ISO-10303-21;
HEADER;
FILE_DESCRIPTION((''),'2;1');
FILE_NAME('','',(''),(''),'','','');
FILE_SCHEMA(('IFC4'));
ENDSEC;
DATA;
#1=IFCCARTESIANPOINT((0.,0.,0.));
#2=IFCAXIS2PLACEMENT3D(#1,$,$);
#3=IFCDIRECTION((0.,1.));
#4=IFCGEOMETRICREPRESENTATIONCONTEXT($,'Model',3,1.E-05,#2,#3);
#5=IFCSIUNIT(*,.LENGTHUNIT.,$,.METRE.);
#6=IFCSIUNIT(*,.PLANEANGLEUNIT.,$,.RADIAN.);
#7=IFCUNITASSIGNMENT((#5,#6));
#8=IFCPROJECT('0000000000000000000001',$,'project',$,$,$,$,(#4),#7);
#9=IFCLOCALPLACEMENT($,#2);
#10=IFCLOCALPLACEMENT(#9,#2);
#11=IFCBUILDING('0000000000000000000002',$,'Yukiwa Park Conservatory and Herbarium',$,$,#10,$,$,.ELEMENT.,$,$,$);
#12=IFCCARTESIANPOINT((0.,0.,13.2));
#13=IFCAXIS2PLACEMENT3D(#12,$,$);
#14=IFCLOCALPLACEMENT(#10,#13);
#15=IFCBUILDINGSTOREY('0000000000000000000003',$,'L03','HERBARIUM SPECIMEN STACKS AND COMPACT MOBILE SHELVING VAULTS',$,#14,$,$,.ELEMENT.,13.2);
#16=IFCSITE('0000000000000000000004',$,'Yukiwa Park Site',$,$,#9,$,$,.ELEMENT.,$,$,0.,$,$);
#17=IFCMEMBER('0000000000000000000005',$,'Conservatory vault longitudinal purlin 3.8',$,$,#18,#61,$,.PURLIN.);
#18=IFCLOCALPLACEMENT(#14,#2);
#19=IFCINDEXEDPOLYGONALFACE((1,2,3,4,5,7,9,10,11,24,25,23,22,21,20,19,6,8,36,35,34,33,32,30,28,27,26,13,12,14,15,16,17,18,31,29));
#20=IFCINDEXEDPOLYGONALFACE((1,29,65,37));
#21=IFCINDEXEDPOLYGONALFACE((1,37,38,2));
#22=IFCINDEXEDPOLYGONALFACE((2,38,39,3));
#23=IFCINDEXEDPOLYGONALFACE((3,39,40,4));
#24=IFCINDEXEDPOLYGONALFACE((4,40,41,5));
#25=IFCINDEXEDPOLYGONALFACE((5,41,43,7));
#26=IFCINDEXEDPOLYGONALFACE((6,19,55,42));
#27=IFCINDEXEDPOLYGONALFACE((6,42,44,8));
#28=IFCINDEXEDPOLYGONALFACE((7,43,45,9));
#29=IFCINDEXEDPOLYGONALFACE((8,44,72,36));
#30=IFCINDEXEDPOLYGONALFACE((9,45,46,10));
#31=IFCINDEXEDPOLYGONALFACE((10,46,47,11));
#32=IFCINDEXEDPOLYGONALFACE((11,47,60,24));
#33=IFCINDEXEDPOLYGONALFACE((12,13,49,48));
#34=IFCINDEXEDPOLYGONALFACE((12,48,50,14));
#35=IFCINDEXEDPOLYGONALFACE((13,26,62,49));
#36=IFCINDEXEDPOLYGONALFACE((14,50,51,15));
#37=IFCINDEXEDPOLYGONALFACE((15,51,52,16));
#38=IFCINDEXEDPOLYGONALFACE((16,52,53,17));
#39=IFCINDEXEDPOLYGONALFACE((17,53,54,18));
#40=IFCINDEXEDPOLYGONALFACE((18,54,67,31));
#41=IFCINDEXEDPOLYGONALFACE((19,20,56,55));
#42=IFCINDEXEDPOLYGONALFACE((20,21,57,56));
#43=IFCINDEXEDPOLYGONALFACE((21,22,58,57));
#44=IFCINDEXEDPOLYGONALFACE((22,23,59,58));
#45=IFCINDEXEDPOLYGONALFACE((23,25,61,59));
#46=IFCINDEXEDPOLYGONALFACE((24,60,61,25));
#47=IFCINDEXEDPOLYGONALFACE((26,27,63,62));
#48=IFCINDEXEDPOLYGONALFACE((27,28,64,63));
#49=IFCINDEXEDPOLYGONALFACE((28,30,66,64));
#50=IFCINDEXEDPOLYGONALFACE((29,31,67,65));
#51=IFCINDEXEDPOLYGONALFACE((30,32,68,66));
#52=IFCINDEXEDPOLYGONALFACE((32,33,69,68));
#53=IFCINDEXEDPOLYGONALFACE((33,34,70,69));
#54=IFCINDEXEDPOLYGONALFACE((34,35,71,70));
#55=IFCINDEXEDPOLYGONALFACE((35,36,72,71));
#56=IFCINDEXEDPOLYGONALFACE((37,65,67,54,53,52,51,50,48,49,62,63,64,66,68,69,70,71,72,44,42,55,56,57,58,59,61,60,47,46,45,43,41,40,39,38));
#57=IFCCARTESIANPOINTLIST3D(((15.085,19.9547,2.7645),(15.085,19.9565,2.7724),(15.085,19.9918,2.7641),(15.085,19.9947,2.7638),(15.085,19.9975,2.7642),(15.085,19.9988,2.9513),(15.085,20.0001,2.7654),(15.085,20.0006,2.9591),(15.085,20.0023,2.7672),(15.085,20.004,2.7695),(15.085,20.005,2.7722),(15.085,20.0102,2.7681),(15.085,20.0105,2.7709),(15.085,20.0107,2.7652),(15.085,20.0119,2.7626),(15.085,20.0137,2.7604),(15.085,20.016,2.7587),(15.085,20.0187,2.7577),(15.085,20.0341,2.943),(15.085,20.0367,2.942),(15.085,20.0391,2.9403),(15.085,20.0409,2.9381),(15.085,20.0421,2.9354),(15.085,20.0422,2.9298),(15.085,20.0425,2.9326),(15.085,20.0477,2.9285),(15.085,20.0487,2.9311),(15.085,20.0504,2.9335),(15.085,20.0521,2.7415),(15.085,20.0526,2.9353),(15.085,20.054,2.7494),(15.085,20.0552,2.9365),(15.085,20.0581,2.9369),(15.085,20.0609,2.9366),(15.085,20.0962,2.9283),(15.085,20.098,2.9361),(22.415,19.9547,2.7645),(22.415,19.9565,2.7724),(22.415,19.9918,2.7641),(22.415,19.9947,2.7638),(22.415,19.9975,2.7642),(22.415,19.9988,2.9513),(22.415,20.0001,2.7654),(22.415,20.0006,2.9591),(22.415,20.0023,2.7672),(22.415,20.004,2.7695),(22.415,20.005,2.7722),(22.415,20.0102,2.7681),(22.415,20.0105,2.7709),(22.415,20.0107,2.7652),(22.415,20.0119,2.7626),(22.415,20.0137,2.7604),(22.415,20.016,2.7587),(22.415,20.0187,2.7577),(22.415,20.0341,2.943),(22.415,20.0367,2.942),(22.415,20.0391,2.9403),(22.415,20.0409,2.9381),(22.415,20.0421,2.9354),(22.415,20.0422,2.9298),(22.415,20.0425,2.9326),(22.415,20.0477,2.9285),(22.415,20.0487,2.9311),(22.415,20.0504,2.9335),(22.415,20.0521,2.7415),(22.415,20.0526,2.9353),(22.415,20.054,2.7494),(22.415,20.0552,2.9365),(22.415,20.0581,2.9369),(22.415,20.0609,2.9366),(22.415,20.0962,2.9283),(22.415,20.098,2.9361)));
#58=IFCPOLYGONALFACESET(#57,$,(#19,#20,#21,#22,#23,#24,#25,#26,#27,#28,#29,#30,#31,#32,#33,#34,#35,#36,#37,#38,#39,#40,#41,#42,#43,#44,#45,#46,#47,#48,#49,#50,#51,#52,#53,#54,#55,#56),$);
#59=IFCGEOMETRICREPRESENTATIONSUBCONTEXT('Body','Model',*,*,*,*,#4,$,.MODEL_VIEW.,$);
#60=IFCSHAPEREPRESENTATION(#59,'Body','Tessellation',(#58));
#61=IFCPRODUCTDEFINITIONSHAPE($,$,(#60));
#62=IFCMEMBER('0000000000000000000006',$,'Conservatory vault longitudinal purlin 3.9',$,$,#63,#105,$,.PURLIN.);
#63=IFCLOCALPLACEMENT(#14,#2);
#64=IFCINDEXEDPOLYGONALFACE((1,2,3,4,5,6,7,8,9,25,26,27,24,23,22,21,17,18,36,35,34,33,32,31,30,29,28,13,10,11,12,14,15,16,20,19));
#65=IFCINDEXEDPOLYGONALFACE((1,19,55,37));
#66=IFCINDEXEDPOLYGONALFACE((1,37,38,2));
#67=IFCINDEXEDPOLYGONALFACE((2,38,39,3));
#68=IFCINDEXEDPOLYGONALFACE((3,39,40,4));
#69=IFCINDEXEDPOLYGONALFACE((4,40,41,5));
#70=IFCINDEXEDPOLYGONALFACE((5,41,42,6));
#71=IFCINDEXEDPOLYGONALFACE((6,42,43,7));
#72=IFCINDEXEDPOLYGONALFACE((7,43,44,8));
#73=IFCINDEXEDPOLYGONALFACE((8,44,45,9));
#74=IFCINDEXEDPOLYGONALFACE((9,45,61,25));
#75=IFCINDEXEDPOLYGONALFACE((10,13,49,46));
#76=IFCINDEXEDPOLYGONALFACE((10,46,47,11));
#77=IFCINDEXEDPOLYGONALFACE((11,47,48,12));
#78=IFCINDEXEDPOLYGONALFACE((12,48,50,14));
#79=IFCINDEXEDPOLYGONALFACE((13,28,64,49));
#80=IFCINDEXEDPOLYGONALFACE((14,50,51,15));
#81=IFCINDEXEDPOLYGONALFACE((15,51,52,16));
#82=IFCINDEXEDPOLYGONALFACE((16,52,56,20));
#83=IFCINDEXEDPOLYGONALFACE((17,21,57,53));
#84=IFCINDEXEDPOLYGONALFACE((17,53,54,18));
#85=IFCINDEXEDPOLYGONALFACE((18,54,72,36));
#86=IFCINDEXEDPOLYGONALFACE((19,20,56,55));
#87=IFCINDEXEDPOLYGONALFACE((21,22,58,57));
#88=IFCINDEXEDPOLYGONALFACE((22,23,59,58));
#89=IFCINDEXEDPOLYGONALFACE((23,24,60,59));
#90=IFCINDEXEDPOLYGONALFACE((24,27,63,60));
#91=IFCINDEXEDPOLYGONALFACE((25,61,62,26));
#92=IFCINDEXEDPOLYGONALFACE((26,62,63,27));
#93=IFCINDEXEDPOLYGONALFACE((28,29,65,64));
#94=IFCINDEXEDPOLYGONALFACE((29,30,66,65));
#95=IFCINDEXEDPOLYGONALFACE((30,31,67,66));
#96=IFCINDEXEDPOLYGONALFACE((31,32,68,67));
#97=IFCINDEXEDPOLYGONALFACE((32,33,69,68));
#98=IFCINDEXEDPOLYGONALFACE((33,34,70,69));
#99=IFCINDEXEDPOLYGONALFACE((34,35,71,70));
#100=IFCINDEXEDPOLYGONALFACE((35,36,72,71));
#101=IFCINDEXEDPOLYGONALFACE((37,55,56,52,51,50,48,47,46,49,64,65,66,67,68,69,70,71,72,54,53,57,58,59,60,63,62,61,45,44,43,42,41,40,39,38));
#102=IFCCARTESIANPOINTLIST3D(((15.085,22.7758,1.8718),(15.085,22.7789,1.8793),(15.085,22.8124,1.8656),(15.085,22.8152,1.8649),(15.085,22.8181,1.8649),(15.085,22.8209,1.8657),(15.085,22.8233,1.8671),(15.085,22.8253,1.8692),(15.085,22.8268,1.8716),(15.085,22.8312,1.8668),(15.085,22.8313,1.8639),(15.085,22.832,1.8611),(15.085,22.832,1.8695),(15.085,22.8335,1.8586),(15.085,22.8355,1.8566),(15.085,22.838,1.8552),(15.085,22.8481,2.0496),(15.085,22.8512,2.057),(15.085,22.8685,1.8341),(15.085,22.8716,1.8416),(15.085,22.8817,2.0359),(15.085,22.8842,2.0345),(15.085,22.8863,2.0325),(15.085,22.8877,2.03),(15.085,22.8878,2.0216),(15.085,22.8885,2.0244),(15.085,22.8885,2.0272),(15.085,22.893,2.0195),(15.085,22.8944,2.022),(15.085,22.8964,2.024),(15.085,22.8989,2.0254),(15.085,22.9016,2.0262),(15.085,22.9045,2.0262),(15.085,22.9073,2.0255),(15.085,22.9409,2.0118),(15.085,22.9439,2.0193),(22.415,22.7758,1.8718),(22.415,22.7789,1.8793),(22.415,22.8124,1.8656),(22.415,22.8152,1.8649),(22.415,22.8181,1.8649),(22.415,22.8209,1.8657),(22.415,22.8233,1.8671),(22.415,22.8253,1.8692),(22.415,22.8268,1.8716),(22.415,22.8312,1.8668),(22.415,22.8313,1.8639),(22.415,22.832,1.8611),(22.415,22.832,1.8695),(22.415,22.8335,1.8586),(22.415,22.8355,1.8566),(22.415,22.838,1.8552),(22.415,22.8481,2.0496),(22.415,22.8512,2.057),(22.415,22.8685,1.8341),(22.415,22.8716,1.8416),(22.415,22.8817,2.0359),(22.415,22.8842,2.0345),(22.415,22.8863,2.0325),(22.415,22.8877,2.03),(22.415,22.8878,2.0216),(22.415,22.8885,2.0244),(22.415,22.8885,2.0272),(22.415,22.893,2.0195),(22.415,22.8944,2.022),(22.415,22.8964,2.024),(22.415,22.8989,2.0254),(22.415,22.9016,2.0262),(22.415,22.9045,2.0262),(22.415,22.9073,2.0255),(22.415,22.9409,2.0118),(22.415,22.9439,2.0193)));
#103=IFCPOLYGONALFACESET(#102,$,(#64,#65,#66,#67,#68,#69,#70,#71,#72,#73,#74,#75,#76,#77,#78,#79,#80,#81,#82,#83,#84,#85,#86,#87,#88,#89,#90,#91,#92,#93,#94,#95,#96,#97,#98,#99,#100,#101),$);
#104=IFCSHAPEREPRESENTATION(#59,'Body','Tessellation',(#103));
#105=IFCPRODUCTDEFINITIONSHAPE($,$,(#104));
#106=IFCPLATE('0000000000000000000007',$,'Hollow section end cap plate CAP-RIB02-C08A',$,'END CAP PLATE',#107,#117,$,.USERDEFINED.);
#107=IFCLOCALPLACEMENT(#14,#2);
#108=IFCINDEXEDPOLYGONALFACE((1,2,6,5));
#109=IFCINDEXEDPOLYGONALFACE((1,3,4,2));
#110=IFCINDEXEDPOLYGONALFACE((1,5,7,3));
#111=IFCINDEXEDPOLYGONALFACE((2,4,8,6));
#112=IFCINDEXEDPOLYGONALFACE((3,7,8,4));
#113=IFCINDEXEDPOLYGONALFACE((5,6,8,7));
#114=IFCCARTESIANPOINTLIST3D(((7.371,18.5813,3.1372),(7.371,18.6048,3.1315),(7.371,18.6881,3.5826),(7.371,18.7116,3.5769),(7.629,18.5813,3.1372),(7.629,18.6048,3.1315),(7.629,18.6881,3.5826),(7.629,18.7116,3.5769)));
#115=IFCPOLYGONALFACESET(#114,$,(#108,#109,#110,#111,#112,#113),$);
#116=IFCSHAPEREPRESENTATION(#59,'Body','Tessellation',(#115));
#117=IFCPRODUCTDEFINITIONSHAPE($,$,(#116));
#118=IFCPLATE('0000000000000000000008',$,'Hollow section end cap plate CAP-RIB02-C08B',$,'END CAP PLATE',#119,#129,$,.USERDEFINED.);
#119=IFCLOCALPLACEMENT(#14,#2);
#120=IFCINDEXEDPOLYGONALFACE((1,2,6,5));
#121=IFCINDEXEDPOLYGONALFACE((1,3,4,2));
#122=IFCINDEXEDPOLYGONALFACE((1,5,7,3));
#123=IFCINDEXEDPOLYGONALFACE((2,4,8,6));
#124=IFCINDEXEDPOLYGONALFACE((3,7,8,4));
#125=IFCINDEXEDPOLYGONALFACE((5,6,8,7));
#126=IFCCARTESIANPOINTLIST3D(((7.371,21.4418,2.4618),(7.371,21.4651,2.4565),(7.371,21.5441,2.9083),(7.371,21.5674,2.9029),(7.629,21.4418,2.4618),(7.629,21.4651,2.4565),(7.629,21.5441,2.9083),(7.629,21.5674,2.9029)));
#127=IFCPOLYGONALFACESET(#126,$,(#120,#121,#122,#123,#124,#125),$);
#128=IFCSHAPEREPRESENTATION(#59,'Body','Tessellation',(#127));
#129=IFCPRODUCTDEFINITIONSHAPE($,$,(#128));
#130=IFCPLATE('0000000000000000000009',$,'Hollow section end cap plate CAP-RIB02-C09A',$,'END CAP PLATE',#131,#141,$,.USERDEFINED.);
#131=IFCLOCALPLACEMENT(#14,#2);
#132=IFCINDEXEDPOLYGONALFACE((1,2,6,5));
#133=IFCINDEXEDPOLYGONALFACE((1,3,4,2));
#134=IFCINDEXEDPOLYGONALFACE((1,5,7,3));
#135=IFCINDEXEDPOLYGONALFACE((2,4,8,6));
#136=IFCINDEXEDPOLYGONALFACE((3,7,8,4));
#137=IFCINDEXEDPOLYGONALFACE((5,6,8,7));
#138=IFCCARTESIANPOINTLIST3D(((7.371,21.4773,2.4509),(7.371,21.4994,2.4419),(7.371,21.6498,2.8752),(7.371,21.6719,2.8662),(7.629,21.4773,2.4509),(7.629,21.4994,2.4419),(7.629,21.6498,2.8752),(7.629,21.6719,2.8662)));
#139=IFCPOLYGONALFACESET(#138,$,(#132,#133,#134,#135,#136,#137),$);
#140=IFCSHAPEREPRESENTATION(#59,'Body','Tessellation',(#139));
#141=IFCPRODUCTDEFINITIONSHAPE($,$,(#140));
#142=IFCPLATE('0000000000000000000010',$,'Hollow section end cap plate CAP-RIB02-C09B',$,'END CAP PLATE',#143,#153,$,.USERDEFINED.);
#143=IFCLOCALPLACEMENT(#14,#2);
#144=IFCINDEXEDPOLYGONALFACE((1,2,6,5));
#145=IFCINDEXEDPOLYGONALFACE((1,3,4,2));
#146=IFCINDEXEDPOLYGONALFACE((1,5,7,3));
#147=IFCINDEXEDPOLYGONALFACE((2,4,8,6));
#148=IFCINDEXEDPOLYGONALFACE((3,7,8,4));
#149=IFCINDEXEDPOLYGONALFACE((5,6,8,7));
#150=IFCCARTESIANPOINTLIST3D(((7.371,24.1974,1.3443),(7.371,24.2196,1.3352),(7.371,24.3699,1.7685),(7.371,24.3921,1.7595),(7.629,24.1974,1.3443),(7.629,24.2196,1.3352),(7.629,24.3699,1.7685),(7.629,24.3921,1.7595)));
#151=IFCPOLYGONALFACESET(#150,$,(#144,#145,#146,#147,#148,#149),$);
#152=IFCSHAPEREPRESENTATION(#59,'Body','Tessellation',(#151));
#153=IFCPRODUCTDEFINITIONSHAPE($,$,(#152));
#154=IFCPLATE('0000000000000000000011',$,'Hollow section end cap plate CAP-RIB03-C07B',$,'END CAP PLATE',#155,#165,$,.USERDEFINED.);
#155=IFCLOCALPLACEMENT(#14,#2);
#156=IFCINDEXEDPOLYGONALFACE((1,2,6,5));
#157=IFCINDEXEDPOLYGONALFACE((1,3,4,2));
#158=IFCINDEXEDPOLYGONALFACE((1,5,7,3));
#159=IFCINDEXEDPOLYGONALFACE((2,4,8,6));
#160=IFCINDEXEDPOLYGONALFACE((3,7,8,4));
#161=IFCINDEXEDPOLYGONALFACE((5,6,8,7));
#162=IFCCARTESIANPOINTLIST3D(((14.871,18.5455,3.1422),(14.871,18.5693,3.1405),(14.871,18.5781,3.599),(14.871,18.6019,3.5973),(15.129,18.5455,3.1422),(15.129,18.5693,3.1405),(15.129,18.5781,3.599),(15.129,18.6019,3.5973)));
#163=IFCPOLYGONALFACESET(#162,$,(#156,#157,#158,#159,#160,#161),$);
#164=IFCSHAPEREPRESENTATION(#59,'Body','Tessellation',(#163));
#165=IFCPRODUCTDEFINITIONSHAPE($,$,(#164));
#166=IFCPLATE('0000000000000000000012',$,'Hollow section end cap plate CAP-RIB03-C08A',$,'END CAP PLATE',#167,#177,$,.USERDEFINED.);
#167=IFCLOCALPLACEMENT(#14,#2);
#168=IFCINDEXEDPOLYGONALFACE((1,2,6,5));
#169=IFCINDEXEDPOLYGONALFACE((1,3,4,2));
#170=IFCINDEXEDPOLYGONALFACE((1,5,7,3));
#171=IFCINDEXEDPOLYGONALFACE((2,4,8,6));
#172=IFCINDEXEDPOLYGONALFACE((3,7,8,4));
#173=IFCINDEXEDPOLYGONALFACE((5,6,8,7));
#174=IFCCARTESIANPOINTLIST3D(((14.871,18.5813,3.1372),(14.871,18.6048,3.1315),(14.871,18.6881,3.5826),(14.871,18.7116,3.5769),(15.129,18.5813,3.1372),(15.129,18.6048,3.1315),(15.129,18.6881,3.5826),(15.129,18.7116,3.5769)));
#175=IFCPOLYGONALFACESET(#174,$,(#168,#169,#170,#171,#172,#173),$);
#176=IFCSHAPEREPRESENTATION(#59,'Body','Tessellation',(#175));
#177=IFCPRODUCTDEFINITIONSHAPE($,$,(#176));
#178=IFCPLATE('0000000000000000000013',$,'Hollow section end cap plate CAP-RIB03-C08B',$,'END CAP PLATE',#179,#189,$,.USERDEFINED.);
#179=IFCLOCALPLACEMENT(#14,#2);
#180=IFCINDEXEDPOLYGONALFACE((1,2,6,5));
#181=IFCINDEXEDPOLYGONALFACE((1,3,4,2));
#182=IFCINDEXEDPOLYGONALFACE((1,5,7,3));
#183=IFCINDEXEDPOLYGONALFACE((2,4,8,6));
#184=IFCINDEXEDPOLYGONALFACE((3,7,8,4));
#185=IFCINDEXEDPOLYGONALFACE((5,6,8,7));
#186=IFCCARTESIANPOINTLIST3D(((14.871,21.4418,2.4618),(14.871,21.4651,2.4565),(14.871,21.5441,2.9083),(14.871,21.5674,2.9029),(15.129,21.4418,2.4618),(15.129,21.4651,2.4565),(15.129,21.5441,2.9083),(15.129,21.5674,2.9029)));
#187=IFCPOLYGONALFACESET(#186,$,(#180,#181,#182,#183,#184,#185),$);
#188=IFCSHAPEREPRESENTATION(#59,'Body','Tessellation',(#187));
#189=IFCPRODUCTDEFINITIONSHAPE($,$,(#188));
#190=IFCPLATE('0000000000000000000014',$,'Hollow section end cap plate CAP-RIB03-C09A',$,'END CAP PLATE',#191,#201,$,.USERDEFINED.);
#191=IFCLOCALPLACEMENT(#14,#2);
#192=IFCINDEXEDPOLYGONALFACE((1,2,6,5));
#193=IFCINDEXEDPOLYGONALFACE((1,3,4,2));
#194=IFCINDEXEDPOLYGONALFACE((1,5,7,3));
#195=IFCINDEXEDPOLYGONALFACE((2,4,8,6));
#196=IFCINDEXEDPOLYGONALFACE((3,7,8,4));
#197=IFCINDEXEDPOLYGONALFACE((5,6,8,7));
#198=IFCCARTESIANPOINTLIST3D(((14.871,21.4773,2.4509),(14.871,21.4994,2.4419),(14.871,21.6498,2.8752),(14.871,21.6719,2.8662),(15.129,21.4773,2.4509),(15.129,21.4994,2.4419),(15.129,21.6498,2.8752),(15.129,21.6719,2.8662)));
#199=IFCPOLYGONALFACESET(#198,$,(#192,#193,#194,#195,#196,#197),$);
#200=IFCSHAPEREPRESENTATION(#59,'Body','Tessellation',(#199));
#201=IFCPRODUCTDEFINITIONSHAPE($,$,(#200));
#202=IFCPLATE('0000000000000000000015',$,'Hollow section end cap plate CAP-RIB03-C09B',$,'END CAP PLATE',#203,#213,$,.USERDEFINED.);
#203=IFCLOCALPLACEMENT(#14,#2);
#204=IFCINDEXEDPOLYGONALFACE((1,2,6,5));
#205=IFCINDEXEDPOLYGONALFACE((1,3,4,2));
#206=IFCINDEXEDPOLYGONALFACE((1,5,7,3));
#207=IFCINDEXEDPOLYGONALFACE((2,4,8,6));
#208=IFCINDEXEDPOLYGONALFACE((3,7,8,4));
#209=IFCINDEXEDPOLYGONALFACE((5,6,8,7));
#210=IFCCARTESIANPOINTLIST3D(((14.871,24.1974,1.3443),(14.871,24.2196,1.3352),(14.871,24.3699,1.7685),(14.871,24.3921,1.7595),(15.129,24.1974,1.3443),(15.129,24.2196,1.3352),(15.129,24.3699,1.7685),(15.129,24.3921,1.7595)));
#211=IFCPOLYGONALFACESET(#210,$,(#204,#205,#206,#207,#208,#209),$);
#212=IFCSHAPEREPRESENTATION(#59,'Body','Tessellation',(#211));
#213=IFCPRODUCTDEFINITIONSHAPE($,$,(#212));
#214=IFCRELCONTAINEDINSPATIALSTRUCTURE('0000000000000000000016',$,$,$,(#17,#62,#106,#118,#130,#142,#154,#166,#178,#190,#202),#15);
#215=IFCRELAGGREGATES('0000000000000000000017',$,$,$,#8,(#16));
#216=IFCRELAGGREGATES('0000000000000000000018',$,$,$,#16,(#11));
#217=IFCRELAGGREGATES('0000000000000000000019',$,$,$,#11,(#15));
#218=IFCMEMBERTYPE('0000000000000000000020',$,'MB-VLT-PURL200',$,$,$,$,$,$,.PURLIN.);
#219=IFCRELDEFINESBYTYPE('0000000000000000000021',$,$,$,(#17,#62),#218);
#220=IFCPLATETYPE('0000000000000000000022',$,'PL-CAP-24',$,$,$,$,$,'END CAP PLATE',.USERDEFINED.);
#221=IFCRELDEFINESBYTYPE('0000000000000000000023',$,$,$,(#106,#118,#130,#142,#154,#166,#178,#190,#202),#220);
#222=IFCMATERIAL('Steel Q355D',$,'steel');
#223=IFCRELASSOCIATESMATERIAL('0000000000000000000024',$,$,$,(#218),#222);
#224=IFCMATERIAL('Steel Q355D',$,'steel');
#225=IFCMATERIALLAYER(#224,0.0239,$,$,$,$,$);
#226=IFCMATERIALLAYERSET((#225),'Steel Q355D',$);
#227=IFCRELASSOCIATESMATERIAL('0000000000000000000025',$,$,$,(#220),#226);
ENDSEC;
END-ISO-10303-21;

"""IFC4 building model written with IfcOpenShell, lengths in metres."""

from ifc_helpers import new_model, si_unit, direction, frame, origin, origin_2d, place, context, subcontext, project, spatial, rectangle, i_section, extrude, material, layer, layer_set, material_profile, profile_set, type_object, element, save


model = new_model("IFC4")

# Units and contexts
model_context = context("Model", 3, precision=1e-05, world=origin(), true_north=direction((0.0, 1.0)))
body_context = subcontext(model_context, "Body", "Model", "MODEL_VIEW")
ifc_project = project(units=[si_unit("LENGTHUNIT", "METRE"), si_unit("PLANEANGLEUNIT", "RADIAN")], contexts=[model_context])

# Site, building, storey
site_placement = place(None, origin())
site = spatial("IfcSite", under=ifc_project, at=site_placement, Name="Yukiwa Park Site", CompositionType="ELEMENT", RefElevation=0.0)
building_placement = place(site_placement, origin())
building = spatial("IfcBuilding", under=site, at=building_placement, Name="Yukiwa Park Conservatory and Herbarium", CompositionType="ELEMENT")
storey_placement = place(building_placement, frame((0.0, 0.0, 13.2)))
storey = spatial("IfcBuildingStorey", under=building, at=storey_placement, Name="L03", Description="HERBARIUM SPECIMEN STACKS AND COMPACT MOBILE SHELVING VAULTS", CompositionType="ELEMENT", Elevation=13.2)

# Members
ifc_material_1 = material(Name="Steel Q355D", Category="steel")
ifc_material_profile_1 = material_profile(ifc_material_1, i_section(OverallWidth=0.1001, OverallDepth=0.2, WebThickness=0.0056, FlangeThickness=0.0081, FilletRadius=0.011, at=origin_2d()), Name="HN 200x100x5.5x8")
ifc_profile_set_1 = profile_set([ifc_material_profile_1], Name="Steel Q355D")
member_type = type_object("IfcMemberType", Name="MB-VLT-PURL200", PredefinedType="PURLIN", material=ifc_profile_set_1)
for number, where, z_axis, x_axis, name in (
    (1, (15.085, 20.0264, 2.8503), (1.0, 0.0, 0.0), (0.0, 0.973249, -0.229752), "Conservatory vault longitudinal purlin 3.8"),
    (2, (15.085, 22.8599, 1.9456), (1.0, 0.0, 0.0), (0.0, 0.926282, -0.376831), "Conservatory vault longitudinal purlin 3.9"),
):
    element("IfcMember", number, at=place(storey_placement, frame(where, z_axis=z_axis, x_axis=x_axis)), inside=storey, type_object=member_type, Name=name, PredefinedType="PURLIN", context=body_context, shape_type="SweptSolid", body=[
        extrude(i_section(OverallWidth=0.1001, OverallDepth=0.2, WebThickness=0.0056, FlangeThickness=0.0081, FilletRadius=0.011, at=origin_2d()), origin(), (0.0, 0.0, 1.0), 7.3301),
    ])

# Plates
ifc_material_2 = material(Name="Steel Q355D", Category="steel")
ifc_layer_1 = layer(ifc_material_2, 0.0239)
ifc_layer_set_1 = layer_set([ifc_layer_1], Name="Steel Q355D")
plate_type_1 = type_object("IfcPlateType", Name="PL-CAP-24", ElementType="END CAP PLATE", PredefinedType="USERDEFINED", material=ifc_layer_set_1)
plate_1_placement = place(storey_placement, frame((7.5, 18.6582, 3.3542), z_axis=(0.0, -0.972479, 0.23299), x_axis=(1.0, 0.0, 0.0)))
element("IfcPlate", 3, at=plate_1_placement, inside=storey, type_object=plate_type_1, Name="Hollow section end cap plate CAP-RIB02-C08A", ObjectType="END CAP PLATE", PredefinedType="USERDEFINED", context=body_context, shape_type="SweptSolid", body=[
    extrude(rectangle(XDim=0.2581, YDim=0.458, at=origin_2d()), origin(), (0.0, 0.0, 1.0), 0.0242),
])
for number, where, z_axis, x_axis, name in (
    (4, (7.5, 21.4929, 2.6851), (0.0, 0.974732, -0.223376), (-1.0, 0.0, 0.0), "Hollow section end cap plate CAP-RIB02-C08B"),
    (5, (7.5, 21.5857, 2.6541), (0.0, -0.926356, 0.37665), (1.0, 0.0, 0.0), "Hollow section end cap plate CAP-RIB02-C09A"),
    (6, (7.5, 24.2837, 1.5564), (0.0, 0.926356, -0.37665), (-1.0, 0.0, 0.0), "Hollow section end cap plate CAP-RIB02-C09B"),
    (7, (15.0, 18.5618, 3.3706), (0.0, 0.997459, -0.071247), (-1.0, 0.0, 0.0), "Hollow section end cap plate CAP-RIB03-C07B"),
):
    element("IfcPlate", number, at=place(storey_placement, frame(where, z_axis=z_axis, x_axis=x_axis)), inside=storey, type_object=plate_type_1, Name=name, ObjectType="END CAP PLATE", PredefinedType="USERDEFINED", context=body_context, shape_type="SweptSolid", body=[
        extrude(rectangle(XDim=0.2581, YDim=0.458, at=origin_2d()), origin(), (0.0, 0.0, 1.0), 0.0239),
    ])
plate_2_placement = place(storey_placement, frame((15.0, 18.6582, 3.3542), z_axis=(0.0, -0.972479, 0.23299), x_axis=(1.0, 0.0, 0.0)))
element("IfcPlate", 8, at=plate_2_placement, inside=storey, type_object=plate_type_1, Name="Hollow section end cap plate CAP-RIB03-C08A", ObjectType="END CAP PLATE", PredefinedType="USERDEFINED", context=body_context, shape_type="SweptSolid", body=[
    extrude(rectangle(XDim=0.2581, YDim=0.458, at=origin_2d()), origin(), (0.0, 0.0, 1.0), 0.0242),
])
for number, where, z_axis, x_axis, name in (
    (9, (15.0, 21.4929, 2.6851), (0.0, 0.974732, -0.223376), (-1.0, 0.0, 0.0), "Hollow section end cap plate CAP-RIB03-C08B"),
    (10, (15.0, 21.5857, 2.6541), (0.0, -0.926356, 0.37665), (1.0, 0.0, 0.0), "Hollow section end cap plate CAP-RIB03-C09A"),
    (11, (15.0, 24.2837, 1.5564), (0.0, 0.926356, -0.37665), (-1.0, 0.0, 0.0), "Hollow section end cap plate CAP-RIB03-C09B"),
):
    element("IfcPlate", number, at=place(storey_placement, frame(where, z_axis=z_axis, x_axis=x_axis)), inside=storey, type_object=plate_type_1, Name=name, ObjectType="END CAP PLATE", PredefinedType="USERDEFINED", context=body_context, shape_type="SweptSolid", body=[
        extrude(rectangle(XDim=0.2581, YDim=0.458, at=origin_2d()), origin(), (0.0, 0.0, 1.0), 0.0239),
    ])

save(model, "model.ifc")
